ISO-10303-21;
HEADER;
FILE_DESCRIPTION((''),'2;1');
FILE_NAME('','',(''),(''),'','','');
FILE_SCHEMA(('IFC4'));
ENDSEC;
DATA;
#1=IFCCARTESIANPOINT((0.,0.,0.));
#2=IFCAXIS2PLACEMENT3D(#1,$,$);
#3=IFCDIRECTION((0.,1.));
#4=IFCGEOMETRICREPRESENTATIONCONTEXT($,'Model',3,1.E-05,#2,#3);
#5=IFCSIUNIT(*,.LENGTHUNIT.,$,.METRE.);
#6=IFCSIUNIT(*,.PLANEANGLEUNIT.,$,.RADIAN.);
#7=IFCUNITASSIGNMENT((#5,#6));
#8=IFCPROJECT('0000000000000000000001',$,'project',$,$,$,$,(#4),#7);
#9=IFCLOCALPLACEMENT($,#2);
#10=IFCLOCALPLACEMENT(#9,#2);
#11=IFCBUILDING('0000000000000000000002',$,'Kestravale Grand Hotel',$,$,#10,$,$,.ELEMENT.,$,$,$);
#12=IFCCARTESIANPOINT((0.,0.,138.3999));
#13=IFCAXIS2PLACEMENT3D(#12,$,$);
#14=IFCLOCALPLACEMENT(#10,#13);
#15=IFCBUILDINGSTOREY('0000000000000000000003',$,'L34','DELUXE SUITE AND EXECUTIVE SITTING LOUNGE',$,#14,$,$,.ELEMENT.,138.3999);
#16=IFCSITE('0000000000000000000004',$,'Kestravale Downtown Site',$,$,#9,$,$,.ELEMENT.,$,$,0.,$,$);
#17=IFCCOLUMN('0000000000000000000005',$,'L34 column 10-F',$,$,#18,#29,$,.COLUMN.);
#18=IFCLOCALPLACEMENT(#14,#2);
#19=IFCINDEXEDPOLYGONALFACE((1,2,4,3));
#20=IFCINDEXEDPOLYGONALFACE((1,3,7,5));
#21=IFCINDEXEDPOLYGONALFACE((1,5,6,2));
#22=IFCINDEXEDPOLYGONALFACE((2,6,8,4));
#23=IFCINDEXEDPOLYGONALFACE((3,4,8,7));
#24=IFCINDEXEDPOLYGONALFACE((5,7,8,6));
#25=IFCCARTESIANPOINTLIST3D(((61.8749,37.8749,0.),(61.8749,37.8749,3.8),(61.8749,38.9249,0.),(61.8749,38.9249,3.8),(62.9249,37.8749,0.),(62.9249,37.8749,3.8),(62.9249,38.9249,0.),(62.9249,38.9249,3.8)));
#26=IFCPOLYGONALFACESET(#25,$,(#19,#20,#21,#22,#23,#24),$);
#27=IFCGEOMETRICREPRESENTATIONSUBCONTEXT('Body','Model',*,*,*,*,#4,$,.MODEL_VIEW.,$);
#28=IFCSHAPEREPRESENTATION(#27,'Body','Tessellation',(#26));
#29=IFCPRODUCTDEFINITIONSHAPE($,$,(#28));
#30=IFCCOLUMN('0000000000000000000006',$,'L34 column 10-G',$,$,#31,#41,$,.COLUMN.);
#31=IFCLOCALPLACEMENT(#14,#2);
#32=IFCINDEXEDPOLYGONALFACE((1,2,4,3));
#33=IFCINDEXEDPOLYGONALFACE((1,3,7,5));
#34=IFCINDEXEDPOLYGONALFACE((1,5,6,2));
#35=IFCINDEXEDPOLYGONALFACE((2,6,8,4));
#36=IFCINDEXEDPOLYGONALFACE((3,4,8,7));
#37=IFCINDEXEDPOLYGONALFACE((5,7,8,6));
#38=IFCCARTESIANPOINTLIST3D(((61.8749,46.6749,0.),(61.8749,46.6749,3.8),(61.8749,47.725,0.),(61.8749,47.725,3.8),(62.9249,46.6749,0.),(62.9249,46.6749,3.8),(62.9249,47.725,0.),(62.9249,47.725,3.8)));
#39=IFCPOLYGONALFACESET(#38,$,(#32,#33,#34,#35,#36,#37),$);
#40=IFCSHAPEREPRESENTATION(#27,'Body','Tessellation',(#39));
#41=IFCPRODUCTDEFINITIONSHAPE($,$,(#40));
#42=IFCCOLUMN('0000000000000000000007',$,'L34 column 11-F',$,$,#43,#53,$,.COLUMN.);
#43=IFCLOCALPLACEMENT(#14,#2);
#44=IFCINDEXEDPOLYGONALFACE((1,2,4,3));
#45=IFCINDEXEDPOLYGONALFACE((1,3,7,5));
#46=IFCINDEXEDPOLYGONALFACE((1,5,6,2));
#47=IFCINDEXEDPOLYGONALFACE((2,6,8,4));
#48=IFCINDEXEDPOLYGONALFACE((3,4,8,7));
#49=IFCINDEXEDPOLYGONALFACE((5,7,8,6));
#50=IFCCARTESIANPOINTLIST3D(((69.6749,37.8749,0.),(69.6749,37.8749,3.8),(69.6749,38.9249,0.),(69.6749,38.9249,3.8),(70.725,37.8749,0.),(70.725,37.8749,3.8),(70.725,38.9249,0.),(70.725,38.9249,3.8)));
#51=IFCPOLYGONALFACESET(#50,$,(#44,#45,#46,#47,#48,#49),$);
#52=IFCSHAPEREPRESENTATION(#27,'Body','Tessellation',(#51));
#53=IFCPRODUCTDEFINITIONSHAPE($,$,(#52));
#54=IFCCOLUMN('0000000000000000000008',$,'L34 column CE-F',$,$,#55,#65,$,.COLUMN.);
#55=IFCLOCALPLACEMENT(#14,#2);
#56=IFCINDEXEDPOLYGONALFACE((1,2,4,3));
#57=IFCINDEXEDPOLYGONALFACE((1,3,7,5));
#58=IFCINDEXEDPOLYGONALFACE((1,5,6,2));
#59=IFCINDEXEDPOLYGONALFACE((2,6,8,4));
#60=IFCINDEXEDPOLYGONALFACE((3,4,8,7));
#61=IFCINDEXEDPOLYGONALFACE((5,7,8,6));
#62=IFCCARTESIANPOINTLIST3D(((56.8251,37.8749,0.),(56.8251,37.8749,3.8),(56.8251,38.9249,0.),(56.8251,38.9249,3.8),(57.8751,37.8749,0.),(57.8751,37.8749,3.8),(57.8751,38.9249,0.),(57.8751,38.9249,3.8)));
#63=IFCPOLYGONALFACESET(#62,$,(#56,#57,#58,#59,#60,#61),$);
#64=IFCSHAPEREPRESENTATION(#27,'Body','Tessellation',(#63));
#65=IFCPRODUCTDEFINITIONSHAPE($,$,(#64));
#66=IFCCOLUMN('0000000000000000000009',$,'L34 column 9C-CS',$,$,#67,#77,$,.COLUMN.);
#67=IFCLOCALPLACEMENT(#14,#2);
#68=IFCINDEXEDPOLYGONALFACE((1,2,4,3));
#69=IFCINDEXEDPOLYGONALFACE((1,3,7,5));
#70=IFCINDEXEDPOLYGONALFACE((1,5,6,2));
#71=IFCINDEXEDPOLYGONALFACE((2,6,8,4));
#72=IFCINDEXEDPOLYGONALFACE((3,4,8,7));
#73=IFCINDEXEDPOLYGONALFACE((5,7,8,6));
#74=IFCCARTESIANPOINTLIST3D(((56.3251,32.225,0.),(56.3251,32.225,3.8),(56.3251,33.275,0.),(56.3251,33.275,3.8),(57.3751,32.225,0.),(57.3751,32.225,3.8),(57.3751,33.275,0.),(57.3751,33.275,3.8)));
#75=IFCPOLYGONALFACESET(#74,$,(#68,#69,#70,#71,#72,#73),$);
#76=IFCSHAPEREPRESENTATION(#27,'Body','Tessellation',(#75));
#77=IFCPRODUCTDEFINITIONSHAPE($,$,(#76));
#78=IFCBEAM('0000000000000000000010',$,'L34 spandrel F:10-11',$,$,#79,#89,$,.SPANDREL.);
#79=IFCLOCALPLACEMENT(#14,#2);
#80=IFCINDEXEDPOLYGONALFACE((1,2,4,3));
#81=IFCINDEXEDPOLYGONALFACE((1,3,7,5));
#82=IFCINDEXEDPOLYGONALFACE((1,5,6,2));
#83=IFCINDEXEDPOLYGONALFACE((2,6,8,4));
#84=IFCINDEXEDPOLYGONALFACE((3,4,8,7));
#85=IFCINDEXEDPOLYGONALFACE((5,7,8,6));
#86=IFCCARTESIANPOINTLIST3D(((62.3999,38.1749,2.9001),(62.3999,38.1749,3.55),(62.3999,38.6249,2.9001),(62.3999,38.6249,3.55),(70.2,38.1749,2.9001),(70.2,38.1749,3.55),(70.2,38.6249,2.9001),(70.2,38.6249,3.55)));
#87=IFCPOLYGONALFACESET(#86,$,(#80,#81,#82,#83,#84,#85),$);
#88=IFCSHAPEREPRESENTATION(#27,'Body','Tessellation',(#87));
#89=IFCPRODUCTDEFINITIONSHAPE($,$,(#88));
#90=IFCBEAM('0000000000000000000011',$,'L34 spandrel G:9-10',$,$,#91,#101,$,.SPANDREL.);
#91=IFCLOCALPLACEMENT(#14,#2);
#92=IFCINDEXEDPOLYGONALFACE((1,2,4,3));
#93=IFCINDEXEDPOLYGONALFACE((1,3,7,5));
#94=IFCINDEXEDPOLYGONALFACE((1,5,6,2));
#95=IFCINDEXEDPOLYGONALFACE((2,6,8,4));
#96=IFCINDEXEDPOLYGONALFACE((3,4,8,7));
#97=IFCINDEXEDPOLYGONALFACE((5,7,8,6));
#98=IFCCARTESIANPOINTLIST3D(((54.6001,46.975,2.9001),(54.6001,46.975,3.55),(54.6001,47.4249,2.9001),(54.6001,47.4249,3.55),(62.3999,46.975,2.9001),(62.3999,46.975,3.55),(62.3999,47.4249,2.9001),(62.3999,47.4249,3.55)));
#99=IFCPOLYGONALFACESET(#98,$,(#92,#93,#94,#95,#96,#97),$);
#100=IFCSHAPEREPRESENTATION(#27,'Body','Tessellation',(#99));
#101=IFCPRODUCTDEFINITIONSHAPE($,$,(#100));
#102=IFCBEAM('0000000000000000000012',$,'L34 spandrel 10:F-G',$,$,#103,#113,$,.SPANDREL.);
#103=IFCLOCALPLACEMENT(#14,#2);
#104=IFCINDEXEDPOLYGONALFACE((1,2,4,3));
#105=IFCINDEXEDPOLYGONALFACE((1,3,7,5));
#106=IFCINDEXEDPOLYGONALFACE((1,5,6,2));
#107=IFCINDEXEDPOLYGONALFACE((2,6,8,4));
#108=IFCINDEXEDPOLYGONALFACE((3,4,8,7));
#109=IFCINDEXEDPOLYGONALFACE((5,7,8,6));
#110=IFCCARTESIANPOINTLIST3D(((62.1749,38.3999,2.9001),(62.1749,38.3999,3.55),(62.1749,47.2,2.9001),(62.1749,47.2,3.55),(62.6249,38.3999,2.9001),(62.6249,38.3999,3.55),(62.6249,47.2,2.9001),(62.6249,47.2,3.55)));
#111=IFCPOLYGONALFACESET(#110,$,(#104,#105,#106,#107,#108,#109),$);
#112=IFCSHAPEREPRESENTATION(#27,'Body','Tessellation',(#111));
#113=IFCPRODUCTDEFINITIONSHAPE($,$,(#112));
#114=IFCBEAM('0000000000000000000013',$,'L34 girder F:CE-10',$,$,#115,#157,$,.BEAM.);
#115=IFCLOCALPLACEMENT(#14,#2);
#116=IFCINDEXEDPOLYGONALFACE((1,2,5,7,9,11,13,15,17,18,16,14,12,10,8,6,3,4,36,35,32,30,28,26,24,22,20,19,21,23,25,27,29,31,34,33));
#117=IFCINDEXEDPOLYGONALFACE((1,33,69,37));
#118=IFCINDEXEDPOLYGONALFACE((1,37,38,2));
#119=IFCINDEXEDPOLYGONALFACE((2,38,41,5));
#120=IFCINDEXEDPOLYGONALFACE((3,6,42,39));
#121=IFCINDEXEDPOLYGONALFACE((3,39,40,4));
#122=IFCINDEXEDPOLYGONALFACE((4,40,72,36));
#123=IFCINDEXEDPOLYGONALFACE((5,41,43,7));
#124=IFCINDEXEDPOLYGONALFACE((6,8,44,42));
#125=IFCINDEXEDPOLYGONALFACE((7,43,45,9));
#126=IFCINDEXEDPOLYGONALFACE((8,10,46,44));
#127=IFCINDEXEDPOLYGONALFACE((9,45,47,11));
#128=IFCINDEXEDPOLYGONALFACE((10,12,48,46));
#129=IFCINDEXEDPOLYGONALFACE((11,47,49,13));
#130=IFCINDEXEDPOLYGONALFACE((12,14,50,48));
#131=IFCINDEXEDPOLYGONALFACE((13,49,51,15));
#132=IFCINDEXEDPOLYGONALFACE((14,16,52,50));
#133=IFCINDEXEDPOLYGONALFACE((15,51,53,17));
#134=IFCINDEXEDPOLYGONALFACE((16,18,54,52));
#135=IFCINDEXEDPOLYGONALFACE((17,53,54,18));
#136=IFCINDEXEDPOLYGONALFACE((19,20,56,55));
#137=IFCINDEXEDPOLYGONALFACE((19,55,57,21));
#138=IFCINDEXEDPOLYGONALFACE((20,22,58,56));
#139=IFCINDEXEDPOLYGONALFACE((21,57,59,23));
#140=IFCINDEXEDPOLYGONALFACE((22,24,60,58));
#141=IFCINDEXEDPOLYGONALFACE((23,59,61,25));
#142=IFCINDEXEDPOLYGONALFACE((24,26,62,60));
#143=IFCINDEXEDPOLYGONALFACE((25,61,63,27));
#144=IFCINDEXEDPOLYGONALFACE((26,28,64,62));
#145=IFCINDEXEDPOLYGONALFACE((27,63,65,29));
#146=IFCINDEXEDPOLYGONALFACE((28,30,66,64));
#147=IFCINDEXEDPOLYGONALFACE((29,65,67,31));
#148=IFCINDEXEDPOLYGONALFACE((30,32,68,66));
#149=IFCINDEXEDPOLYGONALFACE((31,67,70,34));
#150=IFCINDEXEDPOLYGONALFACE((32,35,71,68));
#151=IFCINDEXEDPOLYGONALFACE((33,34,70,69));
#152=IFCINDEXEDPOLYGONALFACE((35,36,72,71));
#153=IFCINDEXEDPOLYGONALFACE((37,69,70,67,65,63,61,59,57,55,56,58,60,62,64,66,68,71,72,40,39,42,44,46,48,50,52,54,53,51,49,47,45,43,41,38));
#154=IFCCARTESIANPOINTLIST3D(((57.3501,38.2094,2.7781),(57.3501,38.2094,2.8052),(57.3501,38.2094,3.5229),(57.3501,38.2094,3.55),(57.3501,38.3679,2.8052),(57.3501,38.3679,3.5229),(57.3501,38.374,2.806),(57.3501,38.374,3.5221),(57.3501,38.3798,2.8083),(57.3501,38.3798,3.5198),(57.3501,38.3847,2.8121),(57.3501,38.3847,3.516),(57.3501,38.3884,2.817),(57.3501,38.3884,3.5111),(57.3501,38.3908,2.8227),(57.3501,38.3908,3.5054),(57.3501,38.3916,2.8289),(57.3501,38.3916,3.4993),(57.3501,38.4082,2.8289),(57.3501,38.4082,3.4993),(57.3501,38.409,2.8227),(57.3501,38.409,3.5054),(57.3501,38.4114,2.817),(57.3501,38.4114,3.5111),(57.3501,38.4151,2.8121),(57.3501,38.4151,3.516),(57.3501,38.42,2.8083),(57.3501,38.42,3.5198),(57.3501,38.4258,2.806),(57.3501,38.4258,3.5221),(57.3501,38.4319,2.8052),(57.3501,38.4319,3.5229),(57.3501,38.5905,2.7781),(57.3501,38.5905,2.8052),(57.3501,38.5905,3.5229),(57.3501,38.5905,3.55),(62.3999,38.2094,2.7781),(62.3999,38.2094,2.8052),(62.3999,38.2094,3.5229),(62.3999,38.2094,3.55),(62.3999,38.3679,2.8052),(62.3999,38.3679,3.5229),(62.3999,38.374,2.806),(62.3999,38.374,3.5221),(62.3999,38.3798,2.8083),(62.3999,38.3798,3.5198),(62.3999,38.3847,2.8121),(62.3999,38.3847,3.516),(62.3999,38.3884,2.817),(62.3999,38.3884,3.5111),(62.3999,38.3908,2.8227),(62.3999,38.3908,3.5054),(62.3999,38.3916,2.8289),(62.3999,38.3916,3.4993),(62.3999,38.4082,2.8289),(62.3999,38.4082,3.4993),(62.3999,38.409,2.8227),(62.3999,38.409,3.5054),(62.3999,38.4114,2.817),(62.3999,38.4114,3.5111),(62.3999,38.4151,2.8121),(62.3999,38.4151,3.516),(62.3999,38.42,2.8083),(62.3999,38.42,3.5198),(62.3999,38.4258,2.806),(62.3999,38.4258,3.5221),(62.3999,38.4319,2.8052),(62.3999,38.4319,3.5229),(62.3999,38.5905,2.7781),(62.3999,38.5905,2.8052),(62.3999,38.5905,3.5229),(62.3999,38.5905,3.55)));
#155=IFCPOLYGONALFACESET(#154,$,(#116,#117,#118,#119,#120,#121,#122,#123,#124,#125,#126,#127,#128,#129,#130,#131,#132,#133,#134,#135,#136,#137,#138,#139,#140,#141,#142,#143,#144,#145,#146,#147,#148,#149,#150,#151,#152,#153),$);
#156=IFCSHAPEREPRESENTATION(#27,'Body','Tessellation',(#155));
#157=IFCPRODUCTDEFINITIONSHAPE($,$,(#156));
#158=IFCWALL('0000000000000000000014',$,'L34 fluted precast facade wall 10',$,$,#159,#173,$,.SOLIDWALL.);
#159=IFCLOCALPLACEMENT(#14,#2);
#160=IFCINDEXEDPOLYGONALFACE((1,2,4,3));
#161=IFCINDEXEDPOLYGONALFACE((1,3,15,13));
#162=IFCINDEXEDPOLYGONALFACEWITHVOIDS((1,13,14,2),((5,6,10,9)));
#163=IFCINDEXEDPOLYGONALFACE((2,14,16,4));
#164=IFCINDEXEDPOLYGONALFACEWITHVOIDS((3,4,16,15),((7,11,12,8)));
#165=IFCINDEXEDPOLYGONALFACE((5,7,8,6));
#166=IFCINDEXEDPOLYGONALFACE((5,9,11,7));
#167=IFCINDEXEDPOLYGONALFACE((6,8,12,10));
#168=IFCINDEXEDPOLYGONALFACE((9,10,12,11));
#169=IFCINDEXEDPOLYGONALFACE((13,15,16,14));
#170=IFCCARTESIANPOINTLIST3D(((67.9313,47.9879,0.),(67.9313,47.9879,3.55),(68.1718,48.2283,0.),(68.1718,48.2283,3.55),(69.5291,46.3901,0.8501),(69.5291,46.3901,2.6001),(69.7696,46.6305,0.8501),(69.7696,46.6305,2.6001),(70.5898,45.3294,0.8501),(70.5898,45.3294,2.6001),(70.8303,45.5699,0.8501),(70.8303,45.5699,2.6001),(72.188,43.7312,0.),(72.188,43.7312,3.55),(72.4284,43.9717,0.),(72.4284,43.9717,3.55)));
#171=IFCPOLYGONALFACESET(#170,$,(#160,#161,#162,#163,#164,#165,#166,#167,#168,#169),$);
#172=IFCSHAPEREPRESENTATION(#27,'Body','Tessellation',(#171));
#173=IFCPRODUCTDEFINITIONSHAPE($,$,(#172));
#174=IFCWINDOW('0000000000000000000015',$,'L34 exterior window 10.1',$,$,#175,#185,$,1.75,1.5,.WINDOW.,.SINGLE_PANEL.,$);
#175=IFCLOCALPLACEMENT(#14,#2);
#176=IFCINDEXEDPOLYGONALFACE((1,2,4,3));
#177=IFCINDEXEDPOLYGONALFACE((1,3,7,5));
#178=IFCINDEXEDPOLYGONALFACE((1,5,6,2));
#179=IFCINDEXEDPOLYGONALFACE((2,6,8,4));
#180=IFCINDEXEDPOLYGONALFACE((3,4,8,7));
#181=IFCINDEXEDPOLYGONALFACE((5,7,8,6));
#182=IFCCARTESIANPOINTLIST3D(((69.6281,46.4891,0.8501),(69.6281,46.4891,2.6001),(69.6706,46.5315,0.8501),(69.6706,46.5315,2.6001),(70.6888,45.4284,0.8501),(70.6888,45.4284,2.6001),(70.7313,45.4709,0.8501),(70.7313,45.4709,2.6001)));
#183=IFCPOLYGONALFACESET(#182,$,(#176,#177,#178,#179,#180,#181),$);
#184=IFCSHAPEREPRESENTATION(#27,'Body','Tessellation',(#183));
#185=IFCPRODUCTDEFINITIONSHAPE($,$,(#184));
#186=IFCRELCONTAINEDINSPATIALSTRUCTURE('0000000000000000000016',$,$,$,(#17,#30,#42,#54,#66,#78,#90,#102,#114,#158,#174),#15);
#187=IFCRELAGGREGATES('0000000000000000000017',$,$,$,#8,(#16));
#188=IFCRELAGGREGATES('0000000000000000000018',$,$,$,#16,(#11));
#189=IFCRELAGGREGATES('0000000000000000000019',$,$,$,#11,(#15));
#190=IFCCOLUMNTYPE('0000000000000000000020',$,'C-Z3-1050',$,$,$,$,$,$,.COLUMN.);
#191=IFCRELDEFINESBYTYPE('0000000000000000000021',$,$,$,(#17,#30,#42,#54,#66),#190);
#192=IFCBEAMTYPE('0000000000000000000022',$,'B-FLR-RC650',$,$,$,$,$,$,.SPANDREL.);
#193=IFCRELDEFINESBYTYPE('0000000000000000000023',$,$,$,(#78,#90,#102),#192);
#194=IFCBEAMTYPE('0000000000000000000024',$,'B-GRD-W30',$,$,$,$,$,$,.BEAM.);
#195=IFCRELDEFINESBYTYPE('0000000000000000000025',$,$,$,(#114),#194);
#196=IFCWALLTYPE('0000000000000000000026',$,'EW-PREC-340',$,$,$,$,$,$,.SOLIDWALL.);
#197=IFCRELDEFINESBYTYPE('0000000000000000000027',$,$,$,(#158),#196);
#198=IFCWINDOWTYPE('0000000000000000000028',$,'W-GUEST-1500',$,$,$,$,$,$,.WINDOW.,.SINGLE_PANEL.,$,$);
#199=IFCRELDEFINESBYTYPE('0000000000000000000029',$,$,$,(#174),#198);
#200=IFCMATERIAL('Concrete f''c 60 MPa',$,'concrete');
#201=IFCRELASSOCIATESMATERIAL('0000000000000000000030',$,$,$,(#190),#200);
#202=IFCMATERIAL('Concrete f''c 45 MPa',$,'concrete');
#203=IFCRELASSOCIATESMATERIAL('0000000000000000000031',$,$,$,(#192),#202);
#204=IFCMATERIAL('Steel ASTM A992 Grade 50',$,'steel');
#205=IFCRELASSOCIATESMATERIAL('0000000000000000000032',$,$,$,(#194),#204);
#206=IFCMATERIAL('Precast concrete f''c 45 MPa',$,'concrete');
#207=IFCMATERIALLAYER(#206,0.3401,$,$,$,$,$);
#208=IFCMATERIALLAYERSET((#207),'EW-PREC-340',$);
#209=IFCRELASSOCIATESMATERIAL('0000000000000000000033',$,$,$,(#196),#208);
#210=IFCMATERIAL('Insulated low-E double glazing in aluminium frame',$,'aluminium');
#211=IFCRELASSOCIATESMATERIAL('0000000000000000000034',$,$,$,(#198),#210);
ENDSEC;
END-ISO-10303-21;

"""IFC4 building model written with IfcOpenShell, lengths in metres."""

from ifc_helpers import new_model, si_unit, direction, frame, frame_2d, origin, origin_2d, place, context, subcontext, project, spatial, rectangle, i_section, extrude, material, layer, layer_set, material_profile, profile_set, type_object, element, fill, save


model = new_model("IFC4")

# Units and contexts
model_context = context("Model", 3, precision=1e-05, world=origin(), true_north=direction((0.0, 1.0)))
body_context = subcontext(model_context, "Body", "Model", "MODEL_VIEW")
ifc_project = project(units=[si_unit("LENGTHUNIT", "METRE"), si_unit("PLANEANGLEUNIT", "RADIAN")], contexts=[model_context])

# Site, building, storey
site_placement = place(None, origin())
site = spatial("IfcSite", under=ifc_project, at=site_placement, Name="Kestravale Downtown Site", CompositionType="ELEMENT", RefElevation=0.0)
building_placement = place(site_placement, origin())
building = spatial("IfcBuilding", under=site, at=building_placement, Name="Kestravale Grand Hotel", CompositionType="ELEMENT")
storey_placement = place(building_placement, frame((0.0, 0.0, 138.3999)))
storey = spatial("IfcBuildingStorey", under=building, at=storey_placement, Name="L34", Description="DELUXE SUITE AND EXECUTIVE SITTING LOUNGE", CompositionType="ELEMENT", Elevation=138.3999)

# Columns
ifc_material_1 = material(Name="Concrete f'c 60 MPa", Category="concrete")
ifc_material_profile_1 = material_profile(ifc_material_1, rectangle(XDim=1.05, YDim=1.05, at=origin_2d()))
ifc_profile_set_1 = profile_set([ifc_material_profile_1], Name="Concrete f'c 60 MPa")
column_type = type_object("IfcColumnType", Name="C-Z3-1050", PredefinedType="COLUMN", material=ifc_profile_set_1)
for number, where, z_axis, x_axis, name in (
    (1, (62.3999, 38.3999, 0.0), (0.0, 0.0, 1.0), (1.0, 0.0, 0.0), "L34 column 10-F"),
    (2, (62.3999, 47.2, 0.0), (0.0, 0.0, 1.0), (1.0, 0.0, 0.0), "L34 column 10-G"),
    (3, (70.2, 38.3999, 0.0), (0.0, 0.0, 1.0), (1.0, 0.0, 0.0), "L34 column 11-F"),
    (4, (57.3501, 38.3999, 0.0), (0.0, 0.0, 1.0), (1.0, 0.0, 0.0), "L34 column CE-F"),
    (5, (56.8501, 32.75, 0.0), (0.0, 0.0, 1.0), (1.0, 0.0, 0.0), "L34 column 9C-CS"),
):
    element("IfcColumn", number, at=place(storey_placement, frame(where, z_axis=z_axis, x_axis=x_axis)), inside=storey, type_object=column_type, Name=name, PredefinedType="COLUMN", context=body_context, shape_type="SweptSolid", body=[
        extrude(rectangle(XDim=1.05, YDim=1.05, at=origin_2d()), origin(), (0.0, 0.0, 1.0), 3.8),
    ])

# Beams
ifc_material_2 = material(Name="Concrete f'c 45 MPa", Category="concrete")
ifc_material_profile_2 = material_profile(ifc_material_2, rectangle(XDim=0.45, YDim=0.6499, at=origin_2d()))
ifc_profile_set_2 = profile_set([ifc_material_profile_2], Name="Concrete f'c 45 MPa")
beam_type_1 = type_object("IfcBeamType", Name="B-FLR-RC650", PredefinedType="SPANDREL", material=ifc_profile_set_2)
beam_1_placement = place(storey_placement, frame((62.3999, 38.3999, 3.2251), z_axis=(1.0, 0.0, 0.0), x_axis=(0.0, 1.0, 0.0)))
element("IfcBeam", 6, at=beam_1_placement, inside=storey, type_object=beam_type_1, Name="L34 spandrel F:10-11", PredefinedType="SPANDREL", context=body_context, shape_type="SweptSolid", body=[
    extrude(rectangle(XDim=0.45, YDim=0.6499, at=origin_2d()), origin(), (0.0, 0.0, 1.0), 7.8),
])
beam_2_placement = place(storey_placement, frame((54.6001, 47.2, 3.2251), z_axis=(1.0, 0.0, 0.0), x_axis=(0.0, 1.0, 0.0)))
element("IfcBeam", 7, at=beam_2_placement, inside=storey, type_object=beam_type_1, Name="L34 spandrel G:9-10", PredefinedType="SPANDREL", context=body_context, shape_type="SweptSolid", body=[
    extrude(rectangle(XDim=0.45, YDim=0.6499, at=origin_2d()), origin(), (0.0, 0.0, 1.0), 7.7998),
])
beam_3_placement = place(storey_placement, frame((62.3999, 38.3999, 3.2251), z_axis=(0.0, 1.0, 0.0), x_axis=(-1.0, 0.0, 0.0)))
element("IfcBeam", 8, at=beam_3_placement, inside=storey, type_object=beam_type_1, Name="L34 spandrel 10:F-G", PredefinedType="SPANDREL", context=body_context, shape_type="SweptSolid", body=[
    extrude(rectangle(XDim=0.45, YDim=0.6499, at=origin_2d()), origin(), (0.0, 0.0, 1.0), 8.8),
])
ifc_material_3 = material(Name="Steel ASTM A992 Grade 50", Category="steel")
ifc_material_profile_3 = material_profile(ifc_material_3, i_section(OverallWidth=0.3811, OverallDepth=0.772, WebThickness=0.0166, FlangeThickness=0.0271, FilletRadius=0.0237, at=origin_2d()))
ifc_profile_set_3 = profile_set([ifc_material_profile_3], Name="Steel ASTM A992 Grade 50")
beam_type_2 = type_object("IfcBeamType", Name="B-GRD-W30", PredefinedType="BEAM", material=ifc_profile_set_3)
beam_4_placement = place(storey_placement, frame((57.3501, 38.3999, 3.1641), z_axis=(1.0, 0.0, 0.0), x_axis=(0.0, 1.0, 0.0)))
element("IfcBeam", 9, at=beam_4_placement, inside=storey, type_object=beam_type_2, Name="L34 girder F:CE-10", PredefinedType="BEAM", context=body_context, shape_type="SweptSolid", body=[
    extrude(i_section(OverallWidth=0.3811, OverallDepth=0.772, WebThickness=0.0166, FlangeThickness=0.0271, FilletRadius=0.0237, at=origin_2d()), origin(), (0.0, 0.0, 1.0), 5.0498),
])

# Wall, opening, window
ifc_material_4 = material(Name="Precast concrete f'c 45 MPa", Category="concrete")
ifc_layer_1 = layer(ifc_material_4, 0.3401)
ifc_layer_set_1 = layer_set([ifc_layer_1], Name="EW-PREC-340")
wall_type_1 = type_object("IfcWallType", Name="EW-PREC-340", PredefinedType="SOLIDWALL", material=ifc_layer_set_1)
wall_1_placement = place(storey_placement, frame((72.3081, 43.8516, 0.0), z_axis=(0.0, 0.0, 1.0), x_axis=(-0.707107, 0.707107, 0.0)))
wall_1 = element("IfcWall", 10, at=wall_1_placement, inside=storey, type_object=wall_type_1, Name="L34 fluted precast facade wall 10", PredefinedType="SOLIDWALL", context=body_context, shape_type="SweptSolid", body=[
    extrude(rectangle(XDim=6.0198, YDim=0.3401, at=frame_2d((3.0098, 0.0))), origin(), (0.0, 0.0, 1.0), 3.55),
])
opening_1_placement = place(wall_1_placement, frame((2.26, 0.0, 0.8501)))
opening_1 = element("IfcOpeningElement", 11, at=opening_1_placement, cuts=wall_1, PredefinedType="OPENING", context=body_context, shape_type="SweptSolid", body=[
    extrude(rectangle(XDim=1.5, YDim=1.75, at=frame_2d((0.75, 0.875))), frame((0.0, 0.1799, 0.0), z_axis=(0.0, -1.0, 0.0), x_axis=(1.0, 0.0, 0.0)), (0.0, 0.0, 1.0), 0.3601),
])
ifc_material_5 = material(Name="Insulated low-E double glazing in aluminium frame", Category="aluminium")
window_type = type_object("IfcWindowType", Name="W-GUEST-1500", PartitioningType="SINGLE_PANEL", PredefinedType="WINDOW", material=ifc_material_5)
window_1_placement = place(opening_1_placement, origin())
window_1 = element("IfcWindow", 12, at=window_1_placement, inside=storey, type_object=window_type, Name="L34 exterior window 10.1", OverallHeight=1.75, OverallWidth=1.5, PartitioningType="SINGLE_PANEL", PredefinedType="WINDOW", context=body_context, shape_type="SweptSolid", body=[
    extrude(rectangle(XDim=1.5, YDim=1.75, at=frame_2d((0.75, 0.875))), frame((0.0, 0.03, 0.0), z_axis=(0.0, -1.0, 0.0), x_axis=(1.0, 0.0, 0.0)), (0.0, 0.0, 1.0), 0.0601),
])
fill(opening_1, window_1)

save(model, "model.ifc")
